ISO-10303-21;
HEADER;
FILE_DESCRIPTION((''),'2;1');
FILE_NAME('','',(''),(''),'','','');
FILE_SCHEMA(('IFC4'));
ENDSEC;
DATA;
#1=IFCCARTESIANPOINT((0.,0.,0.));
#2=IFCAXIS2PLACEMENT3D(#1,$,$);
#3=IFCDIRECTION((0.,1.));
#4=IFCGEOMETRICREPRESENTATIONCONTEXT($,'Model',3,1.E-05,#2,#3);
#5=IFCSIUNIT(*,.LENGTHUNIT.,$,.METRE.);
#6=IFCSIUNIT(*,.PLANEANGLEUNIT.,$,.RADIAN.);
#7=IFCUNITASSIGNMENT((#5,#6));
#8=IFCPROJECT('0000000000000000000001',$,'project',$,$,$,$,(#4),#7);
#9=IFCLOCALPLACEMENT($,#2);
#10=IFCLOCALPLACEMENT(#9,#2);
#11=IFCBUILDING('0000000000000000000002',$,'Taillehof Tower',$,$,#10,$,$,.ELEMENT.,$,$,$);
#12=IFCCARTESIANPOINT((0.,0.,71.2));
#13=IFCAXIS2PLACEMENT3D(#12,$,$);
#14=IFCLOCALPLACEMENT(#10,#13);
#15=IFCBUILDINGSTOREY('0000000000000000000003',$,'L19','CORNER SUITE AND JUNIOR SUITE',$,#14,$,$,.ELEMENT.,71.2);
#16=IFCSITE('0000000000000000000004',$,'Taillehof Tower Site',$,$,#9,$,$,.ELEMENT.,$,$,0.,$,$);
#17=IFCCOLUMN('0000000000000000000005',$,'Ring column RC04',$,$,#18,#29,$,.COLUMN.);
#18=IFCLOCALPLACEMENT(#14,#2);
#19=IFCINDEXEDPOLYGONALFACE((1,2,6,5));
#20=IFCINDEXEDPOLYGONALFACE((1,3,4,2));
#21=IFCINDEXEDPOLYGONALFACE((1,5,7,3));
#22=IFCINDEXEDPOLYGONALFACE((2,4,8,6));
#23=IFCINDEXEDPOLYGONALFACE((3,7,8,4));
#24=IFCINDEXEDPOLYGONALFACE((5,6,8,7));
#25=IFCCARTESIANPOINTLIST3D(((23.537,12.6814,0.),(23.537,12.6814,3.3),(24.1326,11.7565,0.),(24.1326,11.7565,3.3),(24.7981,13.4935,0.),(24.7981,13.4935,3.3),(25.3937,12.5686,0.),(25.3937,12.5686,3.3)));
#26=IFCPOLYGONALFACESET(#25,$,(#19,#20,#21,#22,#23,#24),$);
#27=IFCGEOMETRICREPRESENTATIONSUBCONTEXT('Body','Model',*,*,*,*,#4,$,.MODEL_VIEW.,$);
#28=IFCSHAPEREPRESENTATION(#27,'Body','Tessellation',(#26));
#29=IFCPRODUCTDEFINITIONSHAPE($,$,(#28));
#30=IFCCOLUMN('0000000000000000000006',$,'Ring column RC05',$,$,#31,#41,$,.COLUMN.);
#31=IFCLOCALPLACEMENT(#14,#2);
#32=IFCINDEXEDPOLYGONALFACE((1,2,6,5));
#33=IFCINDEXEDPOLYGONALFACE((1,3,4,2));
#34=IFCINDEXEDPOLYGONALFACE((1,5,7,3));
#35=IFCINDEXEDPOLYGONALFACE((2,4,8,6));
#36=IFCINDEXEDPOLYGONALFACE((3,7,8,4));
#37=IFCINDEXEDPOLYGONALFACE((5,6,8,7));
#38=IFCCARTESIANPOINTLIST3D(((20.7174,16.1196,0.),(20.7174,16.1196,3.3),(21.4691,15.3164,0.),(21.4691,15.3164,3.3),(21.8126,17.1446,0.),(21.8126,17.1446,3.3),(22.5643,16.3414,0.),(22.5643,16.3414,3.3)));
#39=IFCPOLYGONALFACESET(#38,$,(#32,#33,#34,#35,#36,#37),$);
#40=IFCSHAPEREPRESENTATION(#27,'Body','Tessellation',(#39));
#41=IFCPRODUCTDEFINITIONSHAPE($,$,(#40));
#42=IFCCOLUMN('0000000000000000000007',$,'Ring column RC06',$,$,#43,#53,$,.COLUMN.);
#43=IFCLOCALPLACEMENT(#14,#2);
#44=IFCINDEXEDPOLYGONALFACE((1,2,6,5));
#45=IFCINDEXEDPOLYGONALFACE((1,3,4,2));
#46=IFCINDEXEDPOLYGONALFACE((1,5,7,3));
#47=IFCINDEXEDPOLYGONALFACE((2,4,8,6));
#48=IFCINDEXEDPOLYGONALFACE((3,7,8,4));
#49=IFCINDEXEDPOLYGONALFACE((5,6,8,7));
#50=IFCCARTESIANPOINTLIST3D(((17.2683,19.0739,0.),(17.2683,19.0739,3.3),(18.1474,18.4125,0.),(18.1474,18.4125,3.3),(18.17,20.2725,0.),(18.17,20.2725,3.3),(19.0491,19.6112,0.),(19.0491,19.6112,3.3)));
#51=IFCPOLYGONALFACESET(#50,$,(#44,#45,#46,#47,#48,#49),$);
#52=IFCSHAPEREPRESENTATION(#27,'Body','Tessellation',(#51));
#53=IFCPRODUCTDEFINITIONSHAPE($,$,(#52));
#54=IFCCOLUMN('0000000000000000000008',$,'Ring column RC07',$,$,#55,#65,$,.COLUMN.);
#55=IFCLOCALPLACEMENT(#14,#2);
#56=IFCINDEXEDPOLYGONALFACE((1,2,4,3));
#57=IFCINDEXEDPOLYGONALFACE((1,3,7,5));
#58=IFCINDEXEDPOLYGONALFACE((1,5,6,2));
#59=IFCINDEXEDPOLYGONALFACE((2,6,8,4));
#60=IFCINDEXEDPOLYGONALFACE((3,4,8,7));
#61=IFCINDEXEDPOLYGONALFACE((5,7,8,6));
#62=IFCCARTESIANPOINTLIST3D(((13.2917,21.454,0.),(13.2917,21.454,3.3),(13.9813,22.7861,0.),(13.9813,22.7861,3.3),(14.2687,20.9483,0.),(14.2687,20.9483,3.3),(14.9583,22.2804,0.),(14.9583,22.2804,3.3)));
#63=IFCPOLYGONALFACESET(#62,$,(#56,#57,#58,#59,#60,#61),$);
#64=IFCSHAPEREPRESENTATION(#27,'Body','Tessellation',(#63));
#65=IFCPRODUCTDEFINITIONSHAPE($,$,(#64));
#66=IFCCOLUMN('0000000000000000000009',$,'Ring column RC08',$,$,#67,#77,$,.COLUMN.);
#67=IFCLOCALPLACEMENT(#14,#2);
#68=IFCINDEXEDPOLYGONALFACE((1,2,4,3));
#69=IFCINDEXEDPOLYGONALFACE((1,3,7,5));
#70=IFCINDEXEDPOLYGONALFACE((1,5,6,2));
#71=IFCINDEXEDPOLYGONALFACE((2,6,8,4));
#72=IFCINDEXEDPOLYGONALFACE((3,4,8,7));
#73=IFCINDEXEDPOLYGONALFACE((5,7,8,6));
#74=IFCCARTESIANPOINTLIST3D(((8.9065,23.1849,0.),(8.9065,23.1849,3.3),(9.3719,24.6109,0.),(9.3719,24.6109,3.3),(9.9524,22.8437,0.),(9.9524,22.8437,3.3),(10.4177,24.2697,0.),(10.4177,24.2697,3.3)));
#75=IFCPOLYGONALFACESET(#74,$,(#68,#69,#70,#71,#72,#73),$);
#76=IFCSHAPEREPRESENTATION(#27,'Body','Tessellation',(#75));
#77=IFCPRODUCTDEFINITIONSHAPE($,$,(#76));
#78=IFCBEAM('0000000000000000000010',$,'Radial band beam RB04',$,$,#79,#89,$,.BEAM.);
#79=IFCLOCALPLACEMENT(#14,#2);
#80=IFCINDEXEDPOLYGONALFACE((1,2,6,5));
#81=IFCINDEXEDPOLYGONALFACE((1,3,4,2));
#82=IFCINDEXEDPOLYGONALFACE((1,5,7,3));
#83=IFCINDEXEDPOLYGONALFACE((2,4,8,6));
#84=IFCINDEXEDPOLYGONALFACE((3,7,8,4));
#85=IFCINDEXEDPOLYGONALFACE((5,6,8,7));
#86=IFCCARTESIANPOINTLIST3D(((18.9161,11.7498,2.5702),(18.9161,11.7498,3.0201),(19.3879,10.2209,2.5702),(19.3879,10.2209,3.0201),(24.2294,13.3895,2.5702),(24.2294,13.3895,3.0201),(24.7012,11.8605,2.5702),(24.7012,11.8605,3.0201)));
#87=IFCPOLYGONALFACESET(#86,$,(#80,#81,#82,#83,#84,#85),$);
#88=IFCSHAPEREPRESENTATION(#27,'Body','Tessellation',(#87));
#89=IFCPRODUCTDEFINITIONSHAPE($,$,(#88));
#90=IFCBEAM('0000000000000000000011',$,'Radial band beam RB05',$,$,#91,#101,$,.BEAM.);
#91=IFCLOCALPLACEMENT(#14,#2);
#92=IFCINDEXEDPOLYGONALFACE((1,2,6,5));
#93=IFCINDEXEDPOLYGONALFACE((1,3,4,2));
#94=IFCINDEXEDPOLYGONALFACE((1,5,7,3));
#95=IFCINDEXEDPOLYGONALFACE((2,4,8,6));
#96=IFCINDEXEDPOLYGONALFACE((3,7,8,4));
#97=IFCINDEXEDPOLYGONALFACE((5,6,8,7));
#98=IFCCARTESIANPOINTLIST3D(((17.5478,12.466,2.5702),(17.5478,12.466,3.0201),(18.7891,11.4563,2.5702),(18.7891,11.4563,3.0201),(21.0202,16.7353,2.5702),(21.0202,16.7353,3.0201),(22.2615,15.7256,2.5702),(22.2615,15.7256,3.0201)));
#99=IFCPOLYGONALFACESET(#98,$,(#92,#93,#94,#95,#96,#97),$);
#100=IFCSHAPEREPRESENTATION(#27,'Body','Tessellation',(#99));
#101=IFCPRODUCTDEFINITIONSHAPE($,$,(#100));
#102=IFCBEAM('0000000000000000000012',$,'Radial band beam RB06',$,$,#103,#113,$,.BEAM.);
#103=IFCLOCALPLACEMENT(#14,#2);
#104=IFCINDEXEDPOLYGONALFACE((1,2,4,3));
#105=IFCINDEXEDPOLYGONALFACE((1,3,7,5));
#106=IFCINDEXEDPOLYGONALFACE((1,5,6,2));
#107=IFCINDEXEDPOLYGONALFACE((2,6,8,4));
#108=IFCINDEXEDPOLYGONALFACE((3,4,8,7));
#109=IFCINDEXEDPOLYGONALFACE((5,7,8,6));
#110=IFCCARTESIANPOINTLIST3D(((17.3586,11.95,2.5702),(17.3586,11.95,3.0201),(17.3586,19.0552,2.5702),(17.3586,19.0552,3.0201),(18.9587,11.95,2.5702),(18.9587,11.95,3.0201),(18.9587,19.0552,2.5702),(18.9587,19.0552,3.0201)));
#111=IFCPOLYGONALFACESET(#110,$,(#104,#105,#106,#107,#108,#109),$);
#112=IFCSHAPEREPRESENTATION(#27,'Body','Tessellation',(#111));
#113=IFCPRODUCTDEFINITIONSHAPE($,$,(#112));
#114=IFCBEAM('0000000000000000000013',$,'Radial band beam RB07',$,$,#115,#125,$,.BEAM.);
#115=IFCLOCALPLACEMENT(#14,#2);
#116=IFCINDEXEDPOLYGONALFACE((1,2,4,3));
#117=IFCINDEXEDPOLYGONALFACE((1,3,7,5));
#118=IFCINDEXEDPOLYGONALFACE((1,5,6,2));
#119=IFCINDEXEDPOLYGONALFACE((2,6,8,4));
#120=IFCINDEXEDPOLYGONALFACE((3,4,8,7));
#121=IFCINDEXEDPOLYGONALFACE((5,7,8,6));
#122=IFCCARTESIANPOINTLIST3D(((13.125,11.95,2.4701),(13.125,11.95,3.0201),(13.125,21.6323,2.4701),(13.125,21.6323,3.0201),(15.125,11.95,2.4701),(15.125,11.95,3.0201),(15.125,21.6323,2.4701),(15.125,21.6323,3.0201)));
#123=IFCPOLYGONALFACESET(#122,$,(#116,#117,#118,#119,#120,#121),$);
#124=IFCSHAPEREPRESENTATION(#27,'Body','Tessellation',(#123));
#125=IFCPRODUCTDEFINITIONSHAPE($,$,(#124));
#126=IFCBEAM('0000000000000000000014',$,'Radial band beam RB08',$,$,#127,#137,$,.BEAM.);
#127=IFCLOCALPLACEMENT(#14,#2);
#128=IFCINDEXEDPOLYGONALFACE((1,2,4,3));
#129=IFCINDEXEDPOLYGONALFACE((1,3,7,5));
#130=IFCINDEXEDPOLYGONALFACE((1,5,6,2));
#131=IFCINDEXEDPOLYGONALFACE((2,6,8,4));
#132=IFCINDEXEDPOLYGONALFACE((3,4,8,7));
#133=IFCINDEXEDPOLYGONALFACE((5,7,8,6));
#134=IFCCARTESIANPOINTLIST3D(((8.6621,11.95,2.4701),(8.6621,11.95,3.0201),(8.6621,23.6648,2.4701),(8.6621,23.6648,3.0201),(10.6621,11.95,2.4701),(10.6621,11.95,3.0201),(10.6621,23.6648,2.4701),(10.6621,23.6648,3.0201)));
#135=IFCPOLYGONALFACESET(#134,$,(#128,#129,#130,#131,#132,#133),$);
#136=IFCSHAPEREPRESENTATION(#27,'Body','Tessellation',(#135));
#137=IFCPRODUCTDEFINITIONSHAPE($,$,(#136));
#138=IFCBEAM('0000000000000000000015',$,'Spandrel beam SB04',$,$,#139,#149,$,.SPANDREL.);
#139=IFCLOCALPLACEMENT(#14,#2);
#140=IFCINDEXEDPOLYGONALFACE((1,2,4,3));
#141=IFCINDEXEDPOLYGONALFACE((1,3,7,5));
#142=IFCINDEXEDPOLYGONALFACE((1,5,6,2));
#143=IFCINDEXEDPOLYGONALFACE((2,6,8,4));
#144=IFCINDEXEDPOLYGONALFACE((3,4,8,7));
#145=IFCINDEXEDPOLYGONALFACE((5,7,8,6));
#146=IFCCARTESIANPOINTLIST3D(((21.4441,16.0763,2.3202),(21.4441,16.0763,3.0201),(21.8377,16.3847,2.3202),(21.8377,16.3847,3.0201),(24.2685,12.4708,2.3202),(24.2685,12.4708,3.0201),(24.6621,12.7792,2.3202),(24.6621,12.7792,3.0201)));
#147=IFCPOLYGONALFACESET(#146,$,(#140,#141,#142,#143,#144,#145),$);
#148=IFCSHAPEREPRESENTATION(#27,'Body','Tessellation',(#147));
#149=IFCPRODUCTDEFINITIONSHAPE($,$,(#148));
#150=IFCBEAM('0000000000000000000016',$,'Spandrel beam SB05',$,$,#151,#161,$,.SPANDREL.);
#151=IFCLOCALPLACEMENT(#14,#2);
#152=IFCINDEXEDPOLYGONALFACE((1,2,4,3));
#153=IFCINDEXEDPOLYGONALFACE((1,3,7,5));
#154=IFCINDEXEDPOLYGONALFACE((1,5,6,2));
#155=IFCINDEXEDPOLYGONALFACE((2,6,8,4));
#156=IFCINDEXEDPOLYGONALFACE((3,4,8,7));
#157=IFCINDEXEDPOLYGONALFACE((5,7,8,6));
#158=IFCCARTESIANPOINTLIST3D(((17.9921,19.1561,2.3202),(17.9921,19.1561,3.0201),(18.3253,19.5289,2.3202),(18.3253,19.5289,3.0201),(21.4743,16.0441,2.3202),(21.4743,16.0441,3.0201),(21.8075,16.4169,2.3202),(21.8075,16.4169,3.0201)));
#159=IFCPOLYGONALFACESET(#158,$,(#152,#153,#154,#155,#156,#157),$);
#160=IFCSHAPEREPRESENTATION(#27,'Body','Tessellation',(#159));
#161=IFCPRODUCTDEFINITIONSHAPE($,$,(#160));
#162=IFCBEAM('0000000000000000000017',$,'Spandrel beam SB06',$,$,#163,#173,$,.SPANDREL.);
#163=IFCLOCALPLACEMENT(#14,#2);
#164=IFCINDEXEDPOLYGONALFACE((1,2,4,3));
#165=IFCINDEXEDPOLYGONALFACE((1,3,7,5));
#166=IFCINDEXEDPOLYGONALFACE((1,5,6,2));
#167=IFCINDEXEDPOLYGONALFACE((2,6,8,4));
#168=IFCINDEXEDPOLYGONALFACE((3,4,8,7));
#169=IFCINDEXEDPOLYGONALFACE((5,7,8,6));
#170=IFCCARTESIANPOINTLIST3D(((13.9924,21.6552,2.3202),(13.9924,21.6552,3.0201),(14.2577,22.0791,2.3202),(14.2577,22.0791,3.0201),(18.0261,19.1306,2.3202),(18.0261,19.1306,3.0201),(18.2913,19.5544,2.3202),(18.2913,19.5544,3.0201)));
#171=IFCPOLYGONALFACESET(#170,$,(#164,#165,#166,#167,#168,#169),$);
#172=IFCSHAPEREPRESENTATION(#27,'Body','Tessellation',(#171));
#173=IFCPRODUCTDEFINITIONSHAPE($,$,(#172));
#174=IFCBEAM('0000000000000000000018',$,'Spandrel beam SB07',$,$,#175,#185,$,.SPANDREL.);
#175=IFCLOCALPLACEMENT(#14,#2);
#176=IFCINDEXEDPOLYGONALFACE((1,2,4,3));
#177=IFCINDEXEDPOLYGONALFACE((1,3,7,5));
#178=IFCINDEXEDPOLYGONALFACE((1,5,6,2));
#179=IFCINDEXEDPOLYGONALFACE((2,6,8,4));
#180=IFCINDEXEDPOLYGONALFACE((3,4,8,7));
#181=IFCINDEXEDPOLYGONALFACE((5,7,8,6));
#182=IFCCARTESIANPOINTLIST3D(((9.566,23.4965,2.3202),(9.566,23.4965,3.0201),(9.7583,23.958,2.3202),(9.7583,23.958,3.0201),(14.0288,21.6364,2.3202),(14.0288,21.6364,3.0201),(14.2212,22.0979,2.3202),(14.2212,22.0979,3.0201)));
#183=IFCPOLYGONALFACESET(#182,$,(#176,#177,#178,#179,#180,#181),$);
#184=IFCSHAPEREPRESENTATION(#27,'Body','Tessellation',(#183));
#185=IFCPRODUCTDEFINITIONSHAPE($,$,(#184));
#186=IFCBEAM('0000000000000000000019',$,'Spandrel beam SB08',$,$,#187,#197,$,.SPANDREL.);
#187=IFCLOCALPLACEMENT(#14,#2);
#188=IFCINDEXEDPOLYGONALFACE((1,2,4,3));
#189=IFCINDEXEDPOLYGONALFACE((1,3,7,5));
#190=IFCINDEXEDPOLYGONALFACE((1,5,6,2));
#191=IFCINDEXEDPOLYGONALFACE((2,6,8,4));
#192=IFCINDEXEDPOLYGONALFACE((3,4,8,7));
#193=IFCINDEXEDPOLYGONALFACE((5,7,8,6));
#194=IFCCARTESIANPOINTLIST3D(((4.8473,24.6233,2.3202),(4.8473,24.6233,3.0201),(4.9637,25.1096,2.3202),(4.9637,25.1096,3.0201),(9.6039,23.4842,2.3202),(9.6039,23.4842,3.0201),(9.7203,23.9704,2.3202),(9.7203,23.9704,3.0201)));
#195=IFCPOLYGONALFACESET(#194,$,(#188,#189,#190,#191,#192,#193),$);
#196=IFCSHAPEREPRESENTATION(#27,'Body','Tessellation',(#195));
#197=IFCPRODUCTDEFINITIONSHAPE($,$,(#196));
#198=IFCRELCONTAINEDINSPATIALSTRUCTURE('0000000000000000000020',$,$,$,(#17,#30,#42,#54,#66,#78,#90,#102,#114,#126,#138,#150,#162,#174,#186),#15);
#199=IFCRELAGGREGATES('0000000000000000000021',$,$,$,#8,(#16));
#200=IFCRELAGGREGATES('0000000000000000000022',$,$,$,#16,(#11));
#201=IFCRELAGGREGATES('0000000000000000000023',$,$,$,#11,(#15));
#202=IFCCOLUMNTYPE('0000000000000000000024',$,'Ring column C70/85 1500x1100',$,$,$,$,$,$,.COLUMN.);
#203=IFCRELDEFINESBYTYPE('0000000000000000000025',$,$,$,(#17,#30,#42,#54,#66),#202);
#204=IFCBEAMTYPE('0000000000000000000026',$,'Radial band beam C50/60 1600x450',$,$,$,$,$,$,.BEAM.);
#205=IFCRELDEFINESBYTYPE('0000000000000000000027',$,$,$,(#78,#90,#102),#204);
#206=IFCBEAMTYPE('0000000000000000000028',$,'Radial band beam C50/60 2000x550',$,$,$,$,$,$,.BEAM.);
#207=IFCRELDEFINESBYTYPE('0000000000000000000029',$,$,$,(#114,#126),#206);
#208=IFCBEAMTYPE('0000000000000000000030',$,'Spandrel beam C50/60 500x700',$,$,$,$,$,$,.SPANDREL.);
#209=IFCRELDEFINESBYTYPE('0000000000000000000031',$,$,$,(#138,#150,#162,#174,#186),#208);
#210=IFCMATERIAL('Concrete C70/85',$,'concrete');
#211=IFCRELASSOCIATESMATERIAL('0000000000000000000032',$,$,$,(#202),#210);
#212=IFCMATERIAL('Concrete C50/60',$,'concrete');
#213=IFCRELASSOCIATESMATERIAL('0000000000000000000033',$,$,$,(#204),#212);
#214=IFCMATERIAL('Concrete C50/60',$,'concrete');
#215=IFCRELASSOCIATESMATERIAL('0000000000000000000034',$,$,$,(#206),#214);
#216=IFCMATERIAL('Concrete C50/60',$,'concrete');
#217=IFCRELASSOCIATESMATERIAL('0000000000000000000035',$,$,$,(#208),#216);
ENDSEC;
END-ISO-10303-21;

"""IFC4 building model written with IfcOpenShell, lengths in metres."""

from ifc_helpers import new_model, si_unit, direction, frame, origin, origin_2d, place, context, subcontext, project, spatial, rectangle, extrude, material, material_profile, profile_set, type_object, element, save


model = new_model("IFC4")

# Units and contexts
model_context = context("Model", 3, precision=1e-05, world=origin(), true_north=direction((0.0, 1.0)))
body_context = subcontext(model_context, "Body", "Model", "MODEL_VIEW")
ifc_project = project(units=[si_unit("LENGTHUNIT", "METRE"), si_unit("PLANEANGLEUNIT", "RADIAN")], contexts=[model_context])

# Site, building, storey
site_placement = place(None, origin())
site = spatial("IfcSite", under=ifc_project, at=site_placement, Name="Taillehof Tower Site", CompositionType="ELEMENT", RefElevation=0.0)
building_placement = place(site_placement, origin())
building = spatial("IfcBuilding", under=site, at=building_placement, Name="Taillehof Tower", CompositionType="ELEMENT")
storey_placement = place(building_placement, frame((0.0, 0.0, 71.2)))
storey = spatial("IfcBuildingStorey", under=building, at=storey_placement, Name="L19", Description="CORNER SUITE AND JUNIOR SUITE", CompositionType="ELEMENT", Elevation=71.2)

# Columns
ifc_material_1 = material(Name="Concrete C70/85", Category="concrete")
ifc_material_profile_1 = material_profile(ifc_material_1, rectangle(XDim=1.5, YDim=1.1001, at=origin_2d()), Name="RC 1500x1100")
ifc_profile_set_1 = profile_set([ifc_material_profile_1], Name="Concrete C70/85")
column_type = type_object("IfcColumnType", Name="Ring column C70/85 1500x1100", PredefinedType="COLUMN", material=ifc_profile_set_1)
for number, where, z_axis, x_axis, name in (
    (1, (24.4653, 12.625, 0.0), (0.0, 0.0, 1.0), (0.840754, 0.541418, 0.0), "Ring column RC04"),
    (2, (21.6409, 16.2305, 0.0), (0.0, 0.0, 1.0), (0.730113, 0.683326, 0.0), "Ring column RC05"),
    (3, (18.1587, 19.3425, 0.0), (0.0, 0.0, 1.0), (0.601174, 0.799118, 0.0), "Ring column RC06"),
    (4, (14.125, 21.8672, 0.0), (0.0, 0.0, 1.0), (0.459691, 0.888079, 0.0), "Ring column RC07"),
    (5, (9.6621, 23.7273, 0.0), (0.0, 0.0, 1.0), (0.310219, 0.950665, 0.0), "Ring column RC08"),
):
    element("IfcColumn", number, at=place(storey_placement, frame(where, z_axis=z_axis, x_axis=x_axis)), inside=storey, type_object=column_type, Name=name, PredefinedType="COLUMN", context=body_context, shape_type="SweptSolid", body=[
        extrude(rectangle(XDim=1.5, YDim=1.1001, at=origin_2d()), origin(), (0.0, 0.0, 1.0), 3.3),
    ])

# Beams
ifc_material_2 = material(Name="Concrete C50/60", Category="concrete")
ifc_material_profile_2 = material_profile(ifc_material_2, rectangle(XDim=1.6001, YDim=0.45, at=origin_2d()), Name="RC 1600x450")
ifc_profile_set_2 = profile_set([ifc_material_profile_2], Name="Concrete C50/60")
beam_type_1 = type_object("IfcBeamType", Name="Radial band beam C50/60 1600x450", PredefinedType="BEAM", material=ifc_profile_set_2)
beam_1_placement = place(storey_placement, frame((24.4653, 12.625, 2.7952), z_axis=(-0.955536, -0.294876, 0.0), x_axis=(0.294876, -0.955536, 0.0)))
element("IfcBeam", 6, at=beam_1_placement, inside=storey, type_object=beam_type_1, Name="Radial band beam RB04", PredefinedType="BEAM", context=body_context, shape_type="SweptSolid", body=[
    extrude(rectangle(XDim=1.6001, YDim=0.45, at=origin_2d()), origin(), (0.0, 0.0, 1.0), 5.5605),
])
beam_2_placement = place(storey_placement, frame((21.6409, 16.2305, 2.7952), z_axis=(-0.630988, -0.775792, 0.0), x_axis=(0.775792, -0.630988, 0.0)))
element("IfcBeam", 7, at=beam_2_placement, inside=storey, type_object=beam_type_1, Name="Radial band beam RB05", PredefinedType="BEAM", context=body_context, shape_type="SweptSolid", body=[
    extrude(rectangle(XDim=1.6001, YDim=0.45, at=origin_2d()), origin(), (0.0, 0.0, 1.0), 5.5032),
])
beam_3_placement = place(storey_placement, frame((18.1587, 19.0552, 2.7952), z_axis=(0.0, -1.0, 0.0), x_axis=(1.0, 0.0, 0.0)))
element("IfcBeam", 8, at=beam_3_placement, inside=storey, type_object=beam_type_1, Name="Radial band beam RB06", PredefinedType="BEAM", context=body_context, shape_type="SweptSolid", body=[
    extrude(rectangle(XDim=1.6001, YDim=0.45, at=origin_2d()), origin(), (0.0, 0.0, 1.0), 7.1052),
])
ifc_material_3 = material(Name="Concrete C50/60", Category="concrete")
ifc_material_profile_3 = material_profile(ifc_material_3, rectangle(XDim=2.0, YDim=0.55, at=origin_2d()), Name="RC 2000x550")
ifc_profile_set_3 = profile_set([ifc_material_profile_3], Name="Concrete C50/60")
beam_type_2 = type_object("IfcBeamType", Name="Radial band beam C50/60 2000x550", PredefinedType="BEAM", material=ifc_profile_set_3)
beam_4_placement = place(storey_placement, frame((14.125, 21.6323, 2.7451), z_axis=(0.0, -1.0, 0.0), x_axis=(1.0, 0.0, 0.0)))
element("IfcBeam", 9, at=beam_4_placement, inside=storey, type_object=beam_type_2, Name="Radial band beam RB07", PredefinedType="BEAM", context=body_context, shape_type="SweptSolid", body=[
    extrude(rectangle(XDim=2.0, YDim=0.55, at=origin_2d()), origin(), (0.0, 0.0, 1.0), 9.6824),
])
beam_5_placement = place(storey_placement, frame((9.6621, 23.6648, 2.7451), z_axis=(0.0, -1.0, 0.0), x_axis=(1.0, 0.0, 0.0)))
element("IfcBeam", 10, at=beam_5_placement, inside=storey, type_object=beam_type_2, Name="Radial band beam RB08", PredefinedType="BEAM", context=body_context, shape_type="SweptSolid", body=[
    extrude(rectangle(XDim=2.0, YDim=0.55, at=origin_2d()), origin(), (0.0, 0.0, 1.0), 11.7148),
])
ifc_material_4 = material(Name="Concrete C50/60", Category="concrete")
ifc_material_profile_4 = material_profile(ifc_material_4, rectangle(XDim=0.5, YDim=0.7, at=origin_2d()), Name="RC 500x700")
ifc_profile_set_4 = profile_set([ifc_material_profile_4], Name="Concrete C50/60")
beam_type_3 = type_object("IfcBeamType", Name="Spandrel beam C50/60 500x700", PredefinedType="SPANDREL", material=ifc_profile_set_4)
beam_6_placement = place(storey_placement, frame((24.4653, 12.625, 2.6702), z_axis=(-0.616686, 0.787209, 0.0), x_axis=(-0.787209, -0.616686, 0.0)))
element("IfcBeam", 11, at=beam_6_placement, inside=storey, type_object=beam_type_3, Name="Spandrel beam SB04", PredefinedType="SPANDREL", context=body_context, shape_type="SweptSolid", body=[
    extrude(rectangle(XDim=0.5, YDim=0.7, at=origin_2d()), origin(), (0.0, 0.0, 1.0), 4.5801),
])
beam_7_placement = place(storey_placement, frame((21.6409, 16.2305, 2.6702), z_axis=(-0.745621, 0.66637, 0.0), x_axis=(-0.66637, -0.745621, 0.0)))
element("IfcBeam", 12, at=beam_7_placement, inside=storey, type_object=beam_type_3, Name="Spandrel beam SB05", PredefinedType="SPANDREL", context=body_context, shape_type="SweptSolid", body=[
    extrude(rectangle(XDim=0.5, YDim=0.7, at=origin_2d()), origin(), (0.0, 0.0, 1.0), 4.6702),
])
beam_8_placement = place(storey_placement, frame((18.1587, 19.3425, 2.6702), z_axis=(-0.847658, 0.530543, 0.0), x_axis=(-0.530543, -0.847658, 0.0)))
element("IfcBeam", 13, at=beam_8_placement, inside=storey, type_object=beam_type_3, Name="Spandrel beam SB06", PredefinedType="SPANDREL", context=body_context, shape_type="SweptSolid", body=[
    extrude(rectangle(XDim=0.5, YDim=0.7, at=origin_2d()), origin(), (0.0, 0.0, 1.0), 4.7585),
])
beam_9_placement = place(storey_placement, frame((14.125, 21.8672, 2.6702), z_axis=(-0.923035, 0.384716, 0.0), x_axis=(-0.384716, -0.923035, 0.0)))
element("IfcBeam", 14, at=beam_9_placement, inside=storey, type_object=beam_type_3, Name="Spandrel beam SB07", PredefinedType="SPANDREL", context=body_context, shape_type="SweptSolid", body=[
    extrude(rectangle(XDim=0.5, YDim=0.7, at=origin_2d()), origin(), (0.0, 0.0, 1.0), 4.835),
])
beam_10_placement = place(storey_placement, frame((9.6621, 23.7273, 2.6702), z_axis=(-0.9725, 0.232905, 0.0), x_axis=(-0.232905, -0.9725, 0.0)))
element("IfcBeam", 15, at=beam_10_placement, inside=storey, type_object=beam_type_3, Name="Spandrel beam SB08", PredefinedType="SPANDREL", context=body_context, shape_type="SweptSolid", body=[
    extrude(rectangle(XDim=0.5, YDim=0.7, at=origin_2d()), origin(), (0.0, 0.0, 1.0), 4.8911),
])

save(model, "model.ifc")
